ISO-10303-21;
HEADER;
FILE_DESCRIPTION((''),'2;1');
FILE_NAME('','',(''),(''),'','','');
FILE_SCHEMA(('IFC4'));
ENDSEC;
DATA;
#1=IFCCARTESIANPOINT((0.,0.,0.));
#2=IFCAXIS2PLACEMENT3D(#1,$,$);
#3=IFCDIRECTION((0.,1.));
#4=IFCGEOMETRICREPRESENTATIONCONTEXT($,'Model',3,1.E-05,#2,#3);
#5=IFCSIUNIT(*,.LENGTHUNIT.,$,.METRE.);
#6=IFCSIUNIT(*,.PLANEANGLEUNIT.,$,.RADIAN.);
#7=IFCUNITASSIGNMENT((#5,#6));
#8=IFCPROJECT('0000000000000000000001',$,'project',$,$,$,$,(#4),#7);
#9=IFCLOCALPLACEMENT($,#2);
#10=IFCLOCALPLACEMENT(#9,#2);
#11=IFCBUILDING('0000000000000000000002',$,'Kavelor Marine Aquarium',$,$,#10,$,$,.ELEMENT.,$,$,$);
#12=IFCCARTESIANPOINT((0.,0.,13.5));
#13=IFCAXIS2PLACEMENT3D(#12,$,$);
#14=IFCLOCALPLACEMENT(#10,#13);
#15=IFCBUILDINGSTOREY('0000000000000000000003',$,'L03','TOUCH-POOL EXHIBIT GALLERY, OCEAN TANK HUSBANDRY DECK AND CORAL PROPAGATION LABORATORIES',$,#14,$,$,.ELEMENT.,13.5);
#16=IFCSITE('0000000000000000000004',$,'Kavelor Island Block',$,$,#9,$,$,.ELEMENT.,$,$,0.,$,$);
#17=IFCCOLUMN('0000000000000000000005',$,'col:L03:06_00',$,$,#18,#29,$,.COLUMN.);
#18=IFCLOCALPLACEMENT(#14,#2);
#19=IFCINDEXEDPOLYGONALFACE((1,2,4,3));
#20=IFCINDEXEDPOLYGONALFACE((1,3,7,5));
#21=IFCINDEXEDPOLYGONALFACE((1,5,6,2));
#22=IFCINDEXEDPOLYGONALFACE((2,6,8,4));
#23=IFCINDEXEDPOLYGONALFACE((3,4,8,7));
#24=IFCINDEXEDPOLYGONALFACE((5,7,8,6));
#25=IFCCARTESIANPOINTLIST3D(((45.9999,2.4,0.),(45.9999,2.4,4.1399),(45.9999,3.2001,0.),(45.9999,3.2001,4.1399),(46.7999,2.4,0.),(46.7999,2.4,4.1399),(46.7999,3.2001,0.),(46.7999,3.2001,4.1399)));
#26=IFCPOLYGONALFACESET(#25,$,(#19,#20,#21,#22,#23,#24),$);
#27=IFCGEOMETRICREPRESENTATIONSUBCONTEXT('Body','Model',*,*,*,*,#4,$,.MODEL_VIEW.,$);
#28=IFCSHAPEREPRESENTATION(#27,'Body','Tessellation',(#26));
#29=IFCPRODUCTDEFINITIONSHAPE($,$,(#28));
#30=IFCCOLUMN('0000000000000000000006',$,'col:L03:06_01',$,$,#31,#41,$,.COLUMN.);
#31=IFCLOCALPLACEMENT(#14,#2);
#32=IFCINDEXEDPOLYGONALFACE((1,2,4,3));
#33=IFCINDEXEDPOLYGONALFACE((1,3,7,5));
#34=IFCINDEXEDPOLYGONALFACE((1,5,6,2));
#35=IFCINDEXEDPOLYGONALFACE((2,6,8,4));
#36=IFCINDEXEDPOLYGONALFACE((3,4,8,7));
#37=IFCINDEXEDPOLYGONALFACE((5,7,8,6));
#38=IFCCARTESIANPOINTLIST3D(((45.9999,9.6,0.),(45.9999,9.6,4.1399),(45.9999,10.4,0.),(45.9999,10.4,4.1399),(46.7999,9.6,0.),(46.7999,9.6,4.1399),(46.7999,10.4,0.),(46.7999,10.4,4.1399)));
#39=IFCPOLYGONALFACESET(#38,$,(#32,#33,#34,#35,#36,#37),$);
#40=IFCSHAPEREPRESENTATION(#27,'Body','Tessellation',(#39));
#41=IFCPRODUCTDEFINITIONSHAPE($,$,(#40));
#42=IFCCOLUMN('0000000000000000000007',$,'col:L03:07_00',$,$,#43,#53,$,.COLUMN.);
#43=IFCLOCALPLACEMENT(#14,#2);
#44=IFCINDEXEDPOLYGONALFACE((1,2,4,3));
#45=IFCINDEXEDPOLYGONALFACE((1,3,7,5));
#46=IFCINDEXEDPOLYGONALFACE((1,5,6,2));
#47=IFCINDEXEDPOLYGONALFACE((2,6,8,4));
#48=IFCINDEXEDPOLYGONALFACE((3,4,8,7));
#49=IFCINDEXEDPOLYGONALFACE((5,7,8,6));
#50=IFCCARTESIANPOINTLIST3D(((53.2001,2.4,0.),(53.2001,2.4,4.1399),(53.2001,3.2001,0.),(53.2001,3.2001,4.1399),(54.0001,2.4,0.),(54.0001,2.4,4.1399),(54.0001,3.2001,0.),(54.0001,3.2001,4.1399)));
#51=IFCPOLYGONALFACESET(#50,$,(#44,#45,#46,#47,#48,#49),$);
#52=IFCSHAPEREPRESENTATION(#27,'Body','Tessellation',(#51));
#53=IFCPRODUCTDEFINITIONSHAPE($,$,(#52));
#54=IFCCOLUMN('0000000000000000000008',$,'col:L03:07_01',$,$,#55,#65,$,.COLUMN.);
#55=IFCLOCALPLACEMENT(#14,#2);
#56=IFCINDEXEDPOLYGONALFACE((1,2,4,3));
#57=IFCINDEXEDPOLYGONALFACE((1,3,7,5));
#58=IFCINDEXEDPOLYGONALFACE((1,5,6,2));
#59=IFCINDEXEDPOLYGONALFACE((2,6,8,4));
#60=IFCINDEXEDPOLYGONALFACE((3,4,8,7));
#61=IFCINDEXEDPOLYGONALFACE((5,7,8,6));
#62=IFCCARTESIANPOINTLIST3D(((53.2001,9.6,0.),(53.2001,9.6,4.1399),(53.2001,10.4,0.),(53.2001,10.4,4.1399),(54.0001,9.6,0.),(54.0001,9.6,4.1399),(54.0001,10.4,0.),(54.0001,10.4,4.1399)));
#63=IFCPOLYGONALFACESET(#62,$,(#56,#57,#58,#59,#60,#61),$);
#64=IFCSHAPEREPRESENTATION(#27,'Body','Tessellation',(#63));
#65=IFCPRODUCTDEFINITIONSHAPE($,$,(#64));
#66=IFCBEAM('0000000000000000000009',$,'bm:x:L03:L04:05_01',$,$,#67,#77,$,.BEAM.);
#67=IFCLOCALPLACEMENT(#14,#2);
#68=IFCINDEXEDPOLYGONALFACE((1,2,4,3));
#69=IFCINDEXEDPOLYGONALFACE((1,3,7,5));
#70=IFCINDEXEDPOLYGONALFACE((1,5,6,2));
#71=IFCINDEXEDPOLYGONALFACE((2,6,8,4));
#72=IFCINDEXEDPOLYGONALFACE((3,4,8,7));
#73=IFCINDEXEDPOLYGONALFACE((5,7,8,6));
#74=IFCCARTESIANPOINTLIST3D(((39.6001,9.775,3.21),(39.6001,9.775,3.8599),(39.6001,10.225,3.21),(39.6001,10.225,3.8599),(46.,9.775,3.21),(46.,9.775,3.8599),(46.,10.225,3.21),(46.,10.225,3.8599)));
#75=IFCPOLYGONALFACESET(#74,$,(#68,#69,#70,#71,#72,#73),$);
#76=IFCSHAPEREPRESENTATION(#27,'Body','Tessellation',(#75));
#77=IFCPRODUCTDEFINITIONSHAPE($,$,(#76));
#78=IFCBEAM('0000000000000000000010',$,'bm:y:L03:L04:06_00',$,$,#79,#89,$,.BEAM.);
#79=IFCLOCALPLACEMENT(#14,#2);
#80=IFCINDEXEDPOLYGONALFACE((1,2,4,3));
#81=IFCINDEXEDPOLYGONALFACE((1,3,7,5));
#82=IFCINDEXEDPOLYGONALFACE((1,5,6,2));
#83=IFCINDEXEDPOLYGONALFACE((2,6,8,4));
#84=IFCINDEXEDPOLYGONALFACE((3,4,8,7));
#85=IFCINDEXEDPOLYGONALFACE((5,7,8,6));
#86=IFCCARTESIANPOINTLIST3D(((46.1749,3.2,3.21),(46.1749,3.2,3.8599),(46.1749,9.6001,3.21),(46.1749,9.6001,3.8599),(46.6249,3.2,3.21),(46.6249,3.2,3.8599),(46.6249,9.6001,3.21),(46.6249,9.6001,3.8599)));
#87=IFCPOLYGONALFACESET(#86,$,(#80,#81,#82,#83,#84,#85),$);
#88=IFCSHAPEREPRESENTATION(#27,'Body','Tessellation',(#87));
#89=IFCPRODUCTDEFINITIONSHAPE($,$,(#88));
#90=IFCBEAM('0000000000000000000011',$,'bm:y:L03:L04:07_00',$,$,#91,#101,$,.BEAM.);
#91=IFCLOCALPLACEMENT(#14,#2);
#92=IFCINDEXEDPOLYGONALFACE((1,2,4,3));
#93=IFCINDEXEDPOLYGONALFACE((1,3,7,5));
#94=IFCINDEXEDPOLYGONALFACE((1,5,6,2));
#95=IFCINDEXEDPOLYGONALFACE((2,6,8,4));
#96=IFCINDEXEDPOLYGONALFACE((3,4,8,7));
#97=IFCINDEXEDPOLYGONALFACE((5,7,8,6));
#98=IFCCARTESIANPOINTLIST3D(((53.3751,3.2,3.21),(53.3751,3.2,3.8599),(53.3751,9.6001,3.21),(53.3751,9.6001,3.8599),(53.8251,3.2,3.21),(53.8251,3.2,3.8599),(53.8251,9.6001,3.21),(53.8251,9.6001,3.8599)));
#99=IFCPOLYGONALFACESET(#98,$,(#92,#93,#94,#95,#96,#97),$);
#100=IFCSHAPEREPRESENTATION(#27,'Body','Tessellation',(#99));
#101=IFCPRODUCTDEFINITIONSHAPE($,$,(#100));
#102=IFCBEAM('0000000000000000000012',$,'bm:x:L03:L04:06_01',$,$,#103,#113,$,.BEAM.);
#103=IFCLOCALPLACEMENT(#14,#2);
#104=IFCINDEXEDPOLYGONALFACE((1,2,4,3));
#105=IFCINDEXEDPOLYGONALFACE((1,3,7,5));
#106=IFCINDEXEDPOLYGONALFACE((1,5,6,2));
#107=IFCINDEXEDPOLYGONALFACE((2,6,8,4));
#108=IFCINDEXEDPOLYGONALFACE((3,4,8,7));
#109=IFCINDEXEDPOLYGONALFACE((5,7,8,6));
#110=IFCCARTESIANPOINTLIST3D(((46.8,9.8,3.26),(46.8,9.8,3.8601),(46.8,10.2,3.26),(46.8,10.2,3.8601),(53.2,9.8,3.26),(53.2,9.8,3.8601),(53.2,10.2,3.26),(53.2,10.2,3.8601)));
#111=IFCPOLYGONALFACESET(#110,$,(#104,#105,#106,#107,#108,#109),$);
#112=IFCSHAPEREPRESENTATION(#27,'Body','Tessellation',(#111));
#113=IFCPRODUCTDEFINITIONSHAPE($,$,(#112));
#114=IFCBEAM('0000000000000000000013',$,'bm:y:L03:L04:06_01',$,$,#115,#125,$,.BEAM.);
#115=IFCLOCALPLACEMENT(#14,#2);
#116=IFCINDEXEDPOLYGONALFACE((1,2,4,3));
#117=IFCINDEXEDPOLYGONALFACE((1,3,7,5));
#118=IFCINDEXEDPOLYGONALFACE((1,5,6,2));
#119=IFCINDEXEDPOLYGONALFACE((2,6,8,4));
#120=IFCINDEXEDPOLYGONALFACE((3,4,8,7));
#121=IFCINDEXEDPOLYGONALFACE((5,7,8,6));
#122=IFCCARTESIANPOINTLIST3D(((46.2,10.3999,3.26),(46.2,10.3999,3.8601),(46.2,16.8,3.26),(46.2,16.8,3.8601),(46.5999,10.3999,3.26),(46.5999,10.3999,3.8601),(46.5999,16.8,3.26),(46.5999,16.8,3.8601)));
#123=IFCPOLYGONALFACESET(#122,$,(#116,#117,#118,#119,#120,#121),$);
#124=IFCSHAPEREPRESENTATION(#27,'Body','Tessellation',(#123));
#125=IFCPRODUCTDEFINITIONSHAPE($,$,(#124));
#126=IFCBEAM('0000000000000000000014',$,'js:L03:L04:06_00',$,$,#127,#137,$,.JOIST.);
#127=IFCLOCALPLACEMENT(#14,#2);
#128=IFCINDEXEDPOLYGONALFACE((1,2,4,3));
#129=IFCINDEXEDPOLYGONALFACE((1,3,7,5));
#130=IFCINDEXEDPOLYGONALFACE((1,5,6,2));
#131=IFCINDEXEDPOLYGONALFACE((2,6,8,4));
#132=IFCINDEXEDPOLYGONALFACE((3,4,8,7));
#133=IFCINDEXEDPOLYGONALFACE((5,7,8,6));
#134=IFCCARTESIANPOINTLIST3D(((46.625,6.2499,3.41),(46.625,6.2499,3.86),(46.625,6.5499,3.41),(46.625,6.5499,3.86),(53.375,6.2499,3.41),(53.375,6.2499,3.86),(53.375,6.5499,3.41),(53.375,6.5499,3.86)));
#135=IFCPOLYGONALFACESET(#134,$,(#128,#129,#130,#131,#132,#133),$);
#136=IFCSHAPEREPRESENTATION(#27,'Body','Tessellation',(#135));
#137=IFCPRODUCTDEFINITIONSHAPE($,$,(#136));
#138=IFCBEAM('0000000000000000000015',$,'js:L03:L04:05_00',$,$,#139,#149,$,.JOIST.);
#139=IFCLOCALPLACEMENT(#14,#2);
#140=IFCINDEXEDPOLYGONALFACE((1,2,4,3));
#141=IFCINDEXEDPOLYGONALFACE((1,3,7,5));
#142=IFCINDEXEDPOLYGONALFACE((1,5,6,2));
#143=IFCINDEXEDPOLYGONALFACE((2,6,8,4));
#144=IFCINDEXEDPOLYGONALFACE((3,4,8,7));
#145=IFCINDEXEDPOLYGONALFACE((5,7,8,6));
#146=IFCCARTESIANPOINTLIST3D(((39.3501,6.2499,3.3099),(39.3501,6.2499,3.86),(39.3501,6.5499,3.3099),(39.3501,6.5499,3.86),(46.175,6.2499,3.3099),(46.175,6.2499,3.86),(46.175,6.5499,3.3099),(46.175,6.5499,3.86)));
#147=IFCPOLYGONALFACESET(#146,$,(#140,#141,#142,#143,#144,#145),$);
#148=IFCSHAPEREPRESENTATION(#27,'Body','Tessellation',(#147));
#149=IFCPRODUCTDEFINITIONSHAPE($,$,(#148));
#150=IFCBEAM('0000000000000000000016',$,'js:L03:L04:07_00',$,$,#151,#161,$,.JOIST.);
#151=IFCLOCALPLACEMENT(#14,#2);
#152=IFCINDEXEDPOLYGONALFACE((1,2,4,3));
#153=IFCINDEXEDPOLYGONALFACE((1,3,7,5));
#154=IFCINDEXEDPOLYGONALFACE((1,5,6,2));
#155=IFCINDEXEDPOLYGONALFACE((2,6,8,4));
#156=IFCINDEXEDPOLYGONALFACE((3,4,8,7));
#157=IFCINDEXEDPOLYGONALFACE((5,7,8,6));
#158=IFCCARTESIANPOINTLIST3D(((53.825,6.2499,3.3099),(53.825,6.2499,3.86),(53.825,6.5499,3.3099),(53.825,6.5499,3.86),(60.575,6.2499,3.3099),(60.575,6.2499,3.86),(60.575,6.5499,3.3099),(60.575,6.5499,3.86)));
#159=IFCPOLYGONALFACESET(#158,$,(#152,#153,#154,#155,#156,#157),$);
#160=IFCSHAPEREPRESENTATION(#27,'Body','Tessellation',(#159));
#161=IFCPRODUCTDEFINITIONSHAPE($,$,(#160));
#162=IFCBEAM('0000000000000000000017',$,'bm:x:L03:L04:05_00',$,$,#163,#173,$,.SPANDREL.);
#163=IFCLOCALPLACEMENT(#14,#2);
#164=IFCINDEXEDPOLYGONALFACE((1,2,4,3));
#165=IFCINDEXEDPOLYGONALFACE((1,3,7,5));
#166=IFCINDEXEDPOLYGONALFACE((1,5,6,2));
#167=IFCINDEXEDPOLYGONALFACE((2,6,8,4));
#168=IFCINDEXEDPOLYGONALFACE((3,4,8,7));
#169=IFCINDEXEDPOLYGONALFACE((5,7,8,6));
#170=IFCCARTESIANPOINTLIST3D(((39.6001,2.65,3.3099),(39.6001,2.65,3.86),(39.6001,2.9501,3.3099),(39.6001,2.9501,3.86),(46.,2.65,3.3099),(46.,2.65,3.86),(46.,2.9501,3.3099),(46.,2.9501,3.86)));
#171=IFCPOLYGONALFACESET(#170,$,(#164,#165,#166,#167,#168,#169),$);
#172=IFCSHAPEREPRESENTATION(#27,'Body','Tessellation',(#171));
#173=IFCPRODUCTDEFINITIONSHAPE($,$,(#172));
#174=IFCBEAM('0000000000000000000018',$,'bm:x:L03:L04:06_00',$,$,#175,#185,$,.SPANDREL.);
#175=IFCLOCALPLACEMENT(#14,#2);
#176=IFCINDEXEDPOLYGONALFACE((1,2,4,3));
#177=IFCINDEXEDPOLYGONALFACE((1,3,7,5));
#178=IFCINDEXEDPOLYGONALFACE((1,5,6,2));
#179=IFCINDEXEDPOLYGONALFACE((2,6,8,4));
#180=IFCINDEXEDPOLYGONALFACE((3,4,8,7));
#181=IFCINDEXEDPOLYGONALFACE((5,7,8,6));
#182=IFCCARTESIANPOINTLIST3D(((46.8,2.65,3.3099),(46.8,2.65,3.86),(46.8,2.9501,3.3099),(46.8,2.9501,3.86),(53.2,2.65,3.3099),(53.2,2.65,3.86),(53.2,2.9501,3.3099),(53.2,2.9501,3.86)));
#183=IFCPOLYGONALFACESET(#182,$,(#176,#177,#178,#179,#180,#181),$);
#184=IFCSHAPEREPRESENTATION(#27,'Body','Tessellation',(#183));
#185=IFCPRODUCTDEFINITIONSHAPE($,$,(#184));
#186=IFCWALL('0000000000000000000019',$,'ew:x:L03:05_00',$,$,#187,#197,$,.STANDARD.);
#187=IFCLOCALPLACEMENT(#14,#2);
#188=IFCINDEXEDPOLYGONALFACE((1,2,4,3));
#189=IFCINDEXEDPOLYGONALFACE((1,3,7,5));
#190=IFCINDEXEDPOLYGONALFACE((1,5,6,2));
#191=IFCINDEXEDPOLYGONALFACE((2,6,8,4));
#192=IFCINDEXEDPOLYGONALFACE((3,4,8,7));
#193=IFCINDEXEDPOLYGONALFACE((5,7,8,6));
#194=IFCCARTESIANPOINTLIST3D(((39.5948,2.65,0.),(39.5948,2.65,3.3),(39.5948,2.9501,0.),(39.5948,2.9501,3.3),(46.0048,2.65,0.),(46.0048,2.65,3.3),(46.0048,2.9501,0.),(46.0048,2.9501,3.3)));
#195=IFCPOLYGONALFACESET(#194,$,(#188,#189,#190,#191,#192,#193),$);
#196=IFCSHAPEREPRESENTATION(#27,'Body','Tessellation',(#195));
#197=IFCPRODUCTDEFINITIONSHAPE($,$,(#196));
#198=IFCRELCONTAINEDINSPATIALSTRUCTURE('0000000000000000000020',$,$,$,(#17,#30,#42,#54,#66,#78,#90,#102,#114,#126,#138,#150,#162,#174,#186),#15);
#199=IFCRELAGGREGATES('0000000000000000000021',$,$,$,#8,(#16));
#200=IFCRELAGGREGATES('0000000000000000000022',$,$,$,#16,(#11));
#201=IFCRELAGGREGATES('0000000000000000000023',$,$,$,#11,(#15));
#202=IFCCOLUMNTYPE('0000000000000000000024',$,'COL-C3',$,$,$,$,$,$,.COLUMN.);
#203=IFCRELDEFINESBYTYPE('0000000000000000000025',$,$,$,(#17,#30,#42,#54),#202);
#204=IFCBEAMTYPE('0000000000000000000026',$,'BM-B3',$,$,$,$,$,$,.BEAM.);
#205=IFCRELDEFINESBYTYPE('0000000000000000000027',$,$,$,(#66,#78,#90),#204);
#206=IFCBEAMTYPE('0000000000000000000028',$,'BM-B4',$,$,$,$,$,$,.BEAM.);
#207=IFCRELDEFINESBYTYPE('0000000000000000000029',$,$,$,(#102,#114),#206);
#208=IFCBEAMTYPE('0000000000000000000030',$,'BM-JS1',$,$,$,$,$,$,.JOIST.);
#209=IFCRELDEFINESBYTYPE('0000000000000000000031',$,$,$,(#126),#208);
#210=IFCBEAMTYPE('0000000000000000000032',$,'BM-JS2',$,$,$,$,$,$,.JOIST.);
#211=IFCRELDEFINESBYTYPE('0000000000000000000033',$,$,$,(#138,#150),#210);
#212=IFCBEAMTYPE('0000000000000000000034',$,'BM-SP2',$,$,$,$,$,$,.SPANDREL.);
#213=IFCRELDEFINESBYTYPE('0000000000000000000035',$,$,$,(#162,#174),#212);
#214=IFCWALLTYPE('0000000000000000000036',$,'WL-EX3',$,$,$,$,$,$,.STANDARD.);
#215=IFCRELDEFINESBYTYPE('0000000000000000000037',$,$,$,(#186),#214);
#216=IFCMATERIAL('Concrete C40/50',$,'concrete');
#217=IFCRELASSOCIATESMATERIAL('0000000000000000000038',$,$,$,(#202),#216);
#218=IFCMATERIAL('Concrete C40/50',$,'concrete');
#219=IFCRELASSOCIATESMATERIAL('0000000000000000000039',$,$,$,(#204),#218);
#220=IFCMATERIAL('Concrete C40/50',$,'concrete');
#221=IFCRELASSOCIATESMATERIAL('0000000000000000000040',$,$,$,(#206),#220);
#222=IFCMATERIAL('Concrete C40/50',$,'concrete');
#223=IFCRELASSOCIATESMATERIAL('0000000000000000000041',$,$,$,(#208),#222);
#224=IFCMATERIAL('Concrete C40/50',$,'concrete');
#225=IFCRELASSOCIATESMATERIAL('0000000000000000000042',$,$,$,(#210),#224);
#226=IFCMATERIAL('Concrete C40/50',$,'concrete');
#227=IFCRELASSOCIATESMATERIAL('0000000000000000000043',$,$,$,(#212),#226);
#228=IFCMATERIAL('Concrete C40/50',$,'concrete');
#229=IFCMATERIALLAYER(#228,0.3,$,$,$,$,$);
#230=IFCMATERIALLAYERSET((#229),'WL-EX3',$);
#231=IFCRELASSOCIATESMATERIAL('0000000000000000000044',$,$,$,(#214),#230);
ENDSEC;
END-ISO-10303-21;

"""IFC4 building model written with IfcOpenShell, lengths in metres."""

from ifc_helpers import new_model, si_unit, direction, frame, frame_2d, origin, origin_2d, place, context, subcontext, project, spatial, rectangle, extrude, material, layer, layer_set, material_profile, profile_set, type_object, element, save


model = new_model("IFC4")

# Units and contexts
model_context = context("Model", 3, precision=1e-05, world=origin(), true_north=direction((0.0, 1.0)))
body_context = subcontext(model_context, "Body", "Model", "MODEL_VIEW")
ifc_project = project(units=[si_unit("LENGTHUNIT", "METRE"), si_unit("PLANEANGLEUNIT", "RADIAN")], contexts=[model_context])

# Site, building, storey
site_placement = place(None, origin())
site = spatial("IfcSite", under=ifc_project, at=site_placement, Name="Kavelor Island Block", CompositionType="ELEMENT", RefElevation=0.0)
building_placement = place(site_placement, origin())
building = spatial("IfcBuilding", under=site, at=building_placement, Name="Kavelor Marine Aquarium", CompositionType="ELEMENT")
storey_placement = place(building_placement, frame((0.0, 0.0, 13.5)))
storey = spatial("IfcBuildingStorey", under=building, at=storey_placement, Name="L03", Description="TOUCH-POOL EXHIBIT GALLERY, OCEAN TANK HUSBANDRY DECK AND CORAL PROPAGATION LABORATORIES", CompositionType="ELEMENT", Elevation=13.5)

# Columns
ifc_material_1 = material(Name="Concrete C40/50", Category="concrete")
ifc_material_profile_1 = material_profile(ifc_material_1, rectangle(XDim=0.8, YDim=0.8, at=origin_2d()), Name="RC-COL 800x800")
ifc_profile_set_1 = profile_set([ifc_material_profile_1], Name="Concrete C40/50")
column_type = type_object("IfcColumnType", Name="COL-C3", PredefinedType="COLUMN", material=ifc_profile_set_1)
for number, where, z_axis, x_axis, name in (
    (1, (46.3999, 2.8, 0.0), (0.0, 0.0, 1.0), (1.0, 0.0, 0.0), "col:L03:06_00"),
    (2, (46.3999, 10.0, 0.0), (0.0, 0.0, 1.0), (1.0, 0.0, 0.0), "col:L03:06_01"),
    (3, (53.6001, 2.8, 0.0), (0.0, 0.0, 1.0), (1.0, 0.0, 0.0), "col:L03:07_00"),
    (4, (53.6001, 10.0, 0.0), (0.0, 0.0, 1.0), (1.0, 0.0, 0.0), "col:L03:07_01"),
):
    element("IfcColumn", number, at=place(storey_placement, frame(where, z_axis=z_axis, x_axis=x_axis)), inside=storey, type_object=column_type, Name=name, PredefinedType="COLUMN", context=body_context, shape_type="SweptSolid", body=[
        extrude(rectangle(XDim=0.8, YDim=0.8, at=origin_2d()), origin(), (0.0, 0.0, 1.0), 4.1399),
    ])

# Beams
ifc_material_2 = material(Name="Concrete C40/50", Category="concrete")
ifc_material_profile_2 = material_profile(ifc_material_2, rectangle(XDim=0.45, YDim=0.6499, at=origin_2d()), Name="RC-BM 450x650")
ifc_profile_set_2 = profile_set([ifc_material_profile_2], Name="Concrete C40/50")
beam_type_1 = type_object("IfcBeamType", Name="BM-B3", PredefinedType="BEAM", material=ifc_profile_set_2)
beam_1_placement = place(storey_placement, frame((39.6001, 10.0, 3.5349), z_axis=(1.0, 0.0, 0.0), x_axis=(0.0, 1.0, 0.0)))
element("IfcBeam", 5, at=beam_1_placement, inside=storey, type_object=beam_type_1, Name="bm:x:L03:L04:05_01", PredefinedType="BEAM", context=body_context, shape_type="SweptSolid", body=[
    extrude(rectangle(XDim=0.45, YDim=0.6499, at=origin_2d()), origin(), (0.0, 0.0, 1.0), 6.3999),
])
for number, where, z_axis, x_axis, name in (
    (6, (46.3999, 3.2, 3.5349), (0.0, 1.0, 0.0), (-1.0, 0.0, 0.0), "bm:y:L03:L04:06_00"),
    (7, (53.6001, 3.2, 3.5349), (0.0, 1.0, 0.0), (-1.0, 0.0, 0.0), "bm:y:L03:L04:07_00"),
):
    element("IfcBeam", number, at=place(storey_placement, frame(where, z_axis=z_axis, x_axis=x_axis)), inside=storey, type_object=beam_type_1, Name=name, PredefinedType="BEAM", context=body_context, shape_type="SweptSolid", body=[
        extrude(rectangle(XDim=0.45, YDim=0.6499, at=origin_2d()), origin(), (0.0, 0.0, 1.0), 6.4001),
    ])
ifc_material_3 = material(Name="Concrete C40/50", Category="concrete")
ifc_material_profile_3 = material_profile(ifc_material_3, rectangle(XDim=0.3999, YDim=0.6001, at=origin_2d()), Name="RC-BM 400x600")
ifc_profile_set_3 = profile_set([ifc_material_profile_3], Name="Concrete C40/50")
beam_type_2 = type_object("IfcBeamType", Name="BM-B4", PredefinedType="BEAM", material=ifc_profile_set_3)
beam_2_placement = place(storey_placement, frame((46.8, 10.0, 3.5601), z_axis=(1.0, 0.0, 0.0), x_axis=(0.0, 1.0, 0.0)))
element("IfcBeam", 8, at=beam_2_placement, inside=storey, type_object=beam_type_2, Name="bm:x:L03:L04:06_01", PredefinedType="BEAM", context=body_context, shape_type="SweptSolid", body=[
    extrude(rectangle(XDim=0.3999, YDim=0.6001, at=origin_2d()), origin(), (0.0, 0.0, 1.0), 6.3999),
])
beam_3_placement = place(storey_placement, frame((46.3999, 10.3999, 3.5601), z_axis=(0.0, 1.0, 0.0), x_axis=(-1.0, 0.0, 0.0)))
element("IfcBeam", 9, at=beam_3_placement, inside=storey, type_object=beam_type_2, Name="bm:y:L03:L04:06_01", PredefinedType="BEAM", context=body_context, shape_type="SweptSolid", body=[
    extrude(rectangle(XDim=0.3999, YDim=0.6001, at=origin_2d()), origin(), (0.0, 0.0, 1.0), 6.4001),
])
ifc_material_4 = material(Name="Concrete C40/50", Category="concrete")
ifc_material_profile_4 = material_profile(ifc_material_4, rectangle(XDim=0.3, YDim=0.45, at=origin_2d()), Name="RC-JS 300x450")
ifc_profile_set_4 = profile_set([ifc_material_profile_4], Name="Concrete C40/50")
beam_type_3 = type_object("IfcBeamType", Name="BM-JS1", PredefinedType="JOIST", material=ifc_profile_set_4)
beam_4_placement = place(storey_placement, frame((46.625, 6.3999, 3.635), z_axis=(1.0, 0.0, 0.0), x_axis=(0.0, 1.0, 0.0)))
element("IfcBeam", 10, at=beam_4_placement, inside=storey, type_object=beam_type_3, Name="js:L03:L04:06_00", PredefinedType="JOIST", context=body_context, shape_type="SweptSolid", body=[
    extrude(rectangle(XDim=0.3, YDim=0.45, at=origin_2d()), origin(), (0.0, 0.0, 1.0), 6.75),
])
ifc_material_5 = material(Name="Concrete C40/50", Category="concrete")
ifc_material_profile_5 = material_profile(ifc_material_5, rectangle(XDim=0.3, YDim=0.55, at=origin_2d()), Name="RC-JS 300x550")
ifc_profile_set_5 = profile_set([ifc_material_profile_5], Name="Concrete C40/50")
beam_type_4 = type_object("IfcBeamType", Name="BM-JS2", PredefinedType="JOIST", material=ifc_profile_set_5)
beam_5_placement = place(storey_placement, frame((39.3501, 6.3999, 3.585), z_axis=(1.0, 0.0, 0.0), x_axis=(0.0, 1.0, 0.0)))
element("IfcBeam", 11, at=beam_5_placement, inside=storey, type_object=beam_type_4, Name="js:L03:L04:05_00", PredefinedType="JOIST", context=body_context, shape_type="SweptSolid", body=[
    extrude(rectangle(XDim=0.3, YDim=0.55, at=origin_2d()), origin(), (0.0, 0.0, 1.0), 6.825),
])
beam_6_placement = place(storey_placement, frame((53.825, 6.3999, 3.585), z_axis=(1.0, 0.0, 0.0), x_axis=(0.0, 1.0, 0.0)))
element("IfcBeam", 12, at=beam_6_placement, inside=storey, type_object=beam_type_4, Name="js:L03:L04:07_00", PredefinedType="JOIST", context=body_context, shape_type="SweptSolid", body=[
    extrude(rectangle(XDim=0.3, YDim=0.55, at=origin_2d()), origin(), (0.0, 0.0, 1.0), 6.75),
])
ifc_material_6 = material(Name="Concrete C40/50", Category="concrete")
ifc_material_profile_6 = material_profile(ifc_material_6, rectangle(XDim=0.3, YDim=0.55, at=origin_2d()), Name="RC-SP 300x550")
ifc_profile_set_6 = profile_set([ifc_material_profile_6], Name="Concrete C40/50")
beam_type_5 = type_object("IfcBeamType", Name="BM-SP2", PredefinedType="SPANDREL", material=ifc_profile_set_6)
for number, where, z_axis, x_axis, name in (
    (13, (39.6001, 2.8, 3.585), (1.0, 0.0, 0.0), (0.0, 1.0, 0.0), "bm:x:L03:L04:05_00"),
    (14, (46.8, 2.8, 3.585), (1.0, 0.0, 0.0), (0.0, 1.0, 0.0), "bm:x:L03:L04:06_00"),
):
    element("IfcBeam", number, at=place(storey_placement, frame(where, z_axis=z_axis, x_axis=x_axis)), inside=storey, type_object=beam_type_5, Name=name, PredefinedType="SPANDREL", context=body_context, shape_type="SweptSolid", body=[
        extrude(rectangle(XDim=0.3, YDim=0.55, at=origin_2d()), origin(), (0.0, 0.0, 1.0), 6.3999),
    ])

# Wall
ifc_material_7 = material(Name="Concrete C40/50", Category="concrete")
ifc_layer_1 = layer(ifc_material_7, 0.3)
ifc_layer_set_1 = layer_set([ifc_layer_1], Name="WL-EX3")
wall_type_1 = type_object("IfcWallType", Name="WL-EX3", PredefinedType="STANDARD", material=ifc_layer_set_1)
wall_1_placement = place(storey_placement, frame((46.0049, 2.8, 0.0), z_axis=(0.0, 0.0, 1.0), x_axis=(-1.0, 0.0, 0.0)))
element("IfcWall", 15, at=wall_1_placement, inside=storey, type_object=wall_type_1, Name="ew:x:L03:05_00", PredefinedType="STANDARD", context=body_context, shape_type="SweptSolid", body=[
    extrude(rectangle(XDim=6.4099, YDim=0.3, at=frame_2d((3.2051, 0.0))), origin(), (0.0, 0.0, 1.0), 3.3),
])

save(model, "model.ifc")
